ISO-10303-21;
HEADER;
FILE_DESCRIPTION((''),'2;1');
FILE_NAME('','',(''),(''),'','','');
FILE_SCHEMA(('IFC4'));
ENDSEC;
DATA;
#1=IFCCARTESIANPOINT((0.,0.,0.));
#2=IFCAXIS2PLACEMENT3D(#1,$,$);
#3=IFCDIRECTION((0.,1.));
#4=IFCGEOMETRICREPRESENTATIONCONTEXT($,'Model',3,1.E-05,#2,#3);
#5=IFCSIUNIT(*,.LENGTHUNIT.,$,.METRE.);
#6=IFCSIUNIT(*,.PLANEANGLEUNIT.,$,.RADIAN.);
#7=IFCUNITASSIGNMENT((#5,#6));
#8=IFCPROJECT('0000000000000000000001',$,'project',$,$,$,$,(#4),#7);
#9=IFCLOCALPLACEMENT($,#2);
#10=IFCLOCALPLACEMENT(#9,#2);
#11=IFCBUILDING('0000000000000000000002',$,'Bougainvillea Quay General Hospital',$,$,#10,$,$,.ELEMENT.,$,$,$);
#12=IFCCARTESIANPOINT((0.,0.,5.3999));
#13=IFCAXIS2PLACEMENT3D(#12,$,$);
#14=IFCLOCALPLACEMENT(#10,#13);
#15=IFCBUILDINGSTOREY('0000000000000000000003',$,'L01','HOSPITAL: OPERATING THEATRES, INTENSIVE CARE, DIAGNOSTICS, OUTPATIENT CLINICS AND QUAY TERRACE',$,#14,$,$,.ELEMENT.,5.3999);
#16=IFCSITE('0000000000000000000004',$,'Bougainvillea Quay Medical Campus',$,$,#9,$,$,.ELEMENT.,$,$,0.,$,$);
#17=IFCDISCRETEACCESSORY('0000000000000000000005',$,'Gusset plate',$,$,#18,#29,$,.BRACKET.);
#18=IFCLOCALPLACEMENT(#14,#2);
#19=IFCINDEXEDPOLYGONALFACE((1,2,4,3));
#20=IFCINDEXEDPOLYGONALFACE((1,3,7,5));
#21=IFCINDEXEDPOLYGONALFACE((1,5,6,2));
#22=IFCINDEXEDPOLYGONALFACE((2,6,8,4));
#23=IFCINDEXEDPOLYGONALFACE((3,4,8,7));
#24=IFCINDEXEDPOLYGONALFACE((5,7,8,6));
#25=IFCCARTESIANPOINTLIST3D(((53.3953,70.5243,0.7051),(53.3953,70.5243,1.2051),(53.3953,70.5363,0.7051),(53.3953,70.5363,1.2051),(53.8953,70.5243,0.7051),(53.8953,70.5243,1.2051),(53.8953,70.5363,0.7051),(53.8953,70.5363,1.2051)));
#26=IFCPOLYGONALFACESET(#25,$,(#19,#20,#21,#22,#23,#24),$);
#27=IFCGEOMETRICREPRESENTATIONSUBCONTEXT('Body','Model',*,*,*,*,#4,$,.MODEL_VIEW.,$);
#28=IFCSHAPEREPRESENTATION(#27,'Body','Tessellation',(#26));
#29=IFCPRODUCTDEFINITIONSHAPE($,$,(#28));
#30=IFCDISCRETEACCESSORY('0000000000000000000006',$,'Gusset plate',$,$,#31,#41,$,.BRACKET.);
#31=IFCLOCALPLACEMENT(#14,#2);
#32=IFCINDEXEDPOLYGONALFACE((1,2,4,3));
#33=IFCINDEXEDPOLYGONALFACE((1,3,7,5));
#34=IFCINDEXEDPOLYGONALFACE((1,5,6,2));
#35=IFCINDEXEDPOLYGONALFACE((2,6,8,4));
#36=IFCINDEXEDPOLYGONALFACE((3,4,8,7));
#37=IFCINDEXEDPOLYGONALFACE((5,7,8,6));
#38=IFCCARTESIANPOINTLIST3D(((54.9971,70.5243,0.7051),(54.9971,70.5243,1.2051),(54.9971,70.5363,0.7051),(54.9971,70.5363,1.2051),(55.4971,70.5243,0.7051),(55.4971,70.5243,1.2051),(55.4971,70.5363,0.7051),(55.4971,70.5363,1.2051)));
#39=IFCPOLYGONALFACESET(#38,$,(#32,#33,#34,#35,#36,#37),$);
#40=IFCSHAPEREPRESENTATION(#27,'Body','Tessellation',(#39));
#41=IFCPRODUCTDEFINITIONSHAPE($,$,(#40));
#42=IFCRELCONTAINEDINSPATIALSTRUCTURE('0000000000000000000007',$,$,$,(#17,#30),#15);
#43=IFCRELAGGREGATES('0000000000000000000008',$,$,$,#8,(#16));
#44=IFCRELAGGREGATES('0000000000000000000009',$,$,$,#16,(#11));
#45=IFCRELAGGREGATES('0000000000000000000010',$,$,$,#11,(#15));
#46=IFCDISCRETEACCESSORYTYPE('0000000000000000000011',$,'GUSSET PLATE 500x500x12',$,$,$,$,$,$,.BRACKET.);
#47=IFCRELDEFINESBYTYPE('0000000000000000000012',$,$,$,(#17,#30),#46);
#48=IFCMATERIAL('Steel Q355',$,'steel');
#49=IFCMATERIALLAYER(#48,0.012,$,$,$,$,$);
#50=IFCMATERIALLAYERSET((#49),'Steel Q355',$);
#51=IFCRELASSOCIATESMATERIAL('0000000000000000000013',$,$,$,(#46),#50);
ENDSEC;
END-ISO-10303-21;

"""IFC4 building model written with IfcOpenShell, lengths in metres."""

from ifc_helpers import new_model, si_unit, direction, frame, origin, origin_2d, place, context, subcontext, project, spatial, rectangle, extrude, material, layer, layer_set, type_object, element, save


model = new_model("IFC4")

# Units and contexts
model_context = context("Model", 3, precision=1e-05, world=origin(), true_north=direction((0.0, 1.0)))
body_context = subcontext(model_context, "Body", "Model", "MODEL_VIEW")
ifc_project = project(units=[si_unit("LENGTHUNIT", "METRE"), si_unit("PLANEANGLEUNIT", "RADIAN")], contexts=[model_context])

# Site, building, storey
site_placement = place(None, origin())
site = spatial("IfcSite", under=ifc_project, at=site_placement, Name="Bougainvillea Quay Medical Campus", CompositionType="ELEMENT", RefElevation=0.0)
building_placement = place(site_placement, origin())
building = spatial("IfcBuilding", under=site, at=building_placement, Name="Bougainvillea Quay General Hospital", CompositionType="ELEMENT")
storey_placement = place(building_placement, frame((0.0, 0.0, 5.3999)))
storey = spatial("IfcBuildingStorey", under=building, at=storey_placement, Name="L01", Description="HOSPITAL: OPERATING THEATRES, INTENSIVE CARE, DIAGNOSTICS, OUTPATIENT CLINICS AND QUAY TERRACE", CompositionType="ELEMENT", Elevation=5.3999)

# Shared definitions
ifc_material_1 = material(Name="Steel Q355", Category="steel")

# Discrete accessories
ifc_layer_1 = layer(ifc_material_1, 0.012)
ifc_layer_set_1 = layer_set([ifc_layer_1], Name="Steel Q355")
discrete_accessory_type = type_object("IfcDiscreteAccessoryType", Name="GUSSET PLATE 500x500x12", PredefinedType="BRACKET", material=ifc_layer_set_1)
for number, where, z_axis, x_axis, name in (
    (1, (53.6453, 70.5303, 0.7051), (0.0, 0.0, 1.0), (1.0, 0.0, 0.0), "Gusset plate"),
    (2, (55.2471, 70.5303, 0.7051), (0.0, 0.0, 1.0), (1.0, 0.0, 0.0), "Gusset plate"),
):
    element("IfcDiscreteAccessory", number, at=place(storey_placement, frame(where, z_axis=z_axis, x_axis=x_axis)), inside=storey, type_object=discrete_accessory_type, Name=name, PredefinedType="BRACKET", context=body_context, shape_type="SweptSolid", body=[
        extrude(rectangle(XDim=0.5, YDim=0.012, at=origin_2d()), origin(), (0.0, 0.0, 1.0), 0.5),
    ])

save(model, "model.ifc")
